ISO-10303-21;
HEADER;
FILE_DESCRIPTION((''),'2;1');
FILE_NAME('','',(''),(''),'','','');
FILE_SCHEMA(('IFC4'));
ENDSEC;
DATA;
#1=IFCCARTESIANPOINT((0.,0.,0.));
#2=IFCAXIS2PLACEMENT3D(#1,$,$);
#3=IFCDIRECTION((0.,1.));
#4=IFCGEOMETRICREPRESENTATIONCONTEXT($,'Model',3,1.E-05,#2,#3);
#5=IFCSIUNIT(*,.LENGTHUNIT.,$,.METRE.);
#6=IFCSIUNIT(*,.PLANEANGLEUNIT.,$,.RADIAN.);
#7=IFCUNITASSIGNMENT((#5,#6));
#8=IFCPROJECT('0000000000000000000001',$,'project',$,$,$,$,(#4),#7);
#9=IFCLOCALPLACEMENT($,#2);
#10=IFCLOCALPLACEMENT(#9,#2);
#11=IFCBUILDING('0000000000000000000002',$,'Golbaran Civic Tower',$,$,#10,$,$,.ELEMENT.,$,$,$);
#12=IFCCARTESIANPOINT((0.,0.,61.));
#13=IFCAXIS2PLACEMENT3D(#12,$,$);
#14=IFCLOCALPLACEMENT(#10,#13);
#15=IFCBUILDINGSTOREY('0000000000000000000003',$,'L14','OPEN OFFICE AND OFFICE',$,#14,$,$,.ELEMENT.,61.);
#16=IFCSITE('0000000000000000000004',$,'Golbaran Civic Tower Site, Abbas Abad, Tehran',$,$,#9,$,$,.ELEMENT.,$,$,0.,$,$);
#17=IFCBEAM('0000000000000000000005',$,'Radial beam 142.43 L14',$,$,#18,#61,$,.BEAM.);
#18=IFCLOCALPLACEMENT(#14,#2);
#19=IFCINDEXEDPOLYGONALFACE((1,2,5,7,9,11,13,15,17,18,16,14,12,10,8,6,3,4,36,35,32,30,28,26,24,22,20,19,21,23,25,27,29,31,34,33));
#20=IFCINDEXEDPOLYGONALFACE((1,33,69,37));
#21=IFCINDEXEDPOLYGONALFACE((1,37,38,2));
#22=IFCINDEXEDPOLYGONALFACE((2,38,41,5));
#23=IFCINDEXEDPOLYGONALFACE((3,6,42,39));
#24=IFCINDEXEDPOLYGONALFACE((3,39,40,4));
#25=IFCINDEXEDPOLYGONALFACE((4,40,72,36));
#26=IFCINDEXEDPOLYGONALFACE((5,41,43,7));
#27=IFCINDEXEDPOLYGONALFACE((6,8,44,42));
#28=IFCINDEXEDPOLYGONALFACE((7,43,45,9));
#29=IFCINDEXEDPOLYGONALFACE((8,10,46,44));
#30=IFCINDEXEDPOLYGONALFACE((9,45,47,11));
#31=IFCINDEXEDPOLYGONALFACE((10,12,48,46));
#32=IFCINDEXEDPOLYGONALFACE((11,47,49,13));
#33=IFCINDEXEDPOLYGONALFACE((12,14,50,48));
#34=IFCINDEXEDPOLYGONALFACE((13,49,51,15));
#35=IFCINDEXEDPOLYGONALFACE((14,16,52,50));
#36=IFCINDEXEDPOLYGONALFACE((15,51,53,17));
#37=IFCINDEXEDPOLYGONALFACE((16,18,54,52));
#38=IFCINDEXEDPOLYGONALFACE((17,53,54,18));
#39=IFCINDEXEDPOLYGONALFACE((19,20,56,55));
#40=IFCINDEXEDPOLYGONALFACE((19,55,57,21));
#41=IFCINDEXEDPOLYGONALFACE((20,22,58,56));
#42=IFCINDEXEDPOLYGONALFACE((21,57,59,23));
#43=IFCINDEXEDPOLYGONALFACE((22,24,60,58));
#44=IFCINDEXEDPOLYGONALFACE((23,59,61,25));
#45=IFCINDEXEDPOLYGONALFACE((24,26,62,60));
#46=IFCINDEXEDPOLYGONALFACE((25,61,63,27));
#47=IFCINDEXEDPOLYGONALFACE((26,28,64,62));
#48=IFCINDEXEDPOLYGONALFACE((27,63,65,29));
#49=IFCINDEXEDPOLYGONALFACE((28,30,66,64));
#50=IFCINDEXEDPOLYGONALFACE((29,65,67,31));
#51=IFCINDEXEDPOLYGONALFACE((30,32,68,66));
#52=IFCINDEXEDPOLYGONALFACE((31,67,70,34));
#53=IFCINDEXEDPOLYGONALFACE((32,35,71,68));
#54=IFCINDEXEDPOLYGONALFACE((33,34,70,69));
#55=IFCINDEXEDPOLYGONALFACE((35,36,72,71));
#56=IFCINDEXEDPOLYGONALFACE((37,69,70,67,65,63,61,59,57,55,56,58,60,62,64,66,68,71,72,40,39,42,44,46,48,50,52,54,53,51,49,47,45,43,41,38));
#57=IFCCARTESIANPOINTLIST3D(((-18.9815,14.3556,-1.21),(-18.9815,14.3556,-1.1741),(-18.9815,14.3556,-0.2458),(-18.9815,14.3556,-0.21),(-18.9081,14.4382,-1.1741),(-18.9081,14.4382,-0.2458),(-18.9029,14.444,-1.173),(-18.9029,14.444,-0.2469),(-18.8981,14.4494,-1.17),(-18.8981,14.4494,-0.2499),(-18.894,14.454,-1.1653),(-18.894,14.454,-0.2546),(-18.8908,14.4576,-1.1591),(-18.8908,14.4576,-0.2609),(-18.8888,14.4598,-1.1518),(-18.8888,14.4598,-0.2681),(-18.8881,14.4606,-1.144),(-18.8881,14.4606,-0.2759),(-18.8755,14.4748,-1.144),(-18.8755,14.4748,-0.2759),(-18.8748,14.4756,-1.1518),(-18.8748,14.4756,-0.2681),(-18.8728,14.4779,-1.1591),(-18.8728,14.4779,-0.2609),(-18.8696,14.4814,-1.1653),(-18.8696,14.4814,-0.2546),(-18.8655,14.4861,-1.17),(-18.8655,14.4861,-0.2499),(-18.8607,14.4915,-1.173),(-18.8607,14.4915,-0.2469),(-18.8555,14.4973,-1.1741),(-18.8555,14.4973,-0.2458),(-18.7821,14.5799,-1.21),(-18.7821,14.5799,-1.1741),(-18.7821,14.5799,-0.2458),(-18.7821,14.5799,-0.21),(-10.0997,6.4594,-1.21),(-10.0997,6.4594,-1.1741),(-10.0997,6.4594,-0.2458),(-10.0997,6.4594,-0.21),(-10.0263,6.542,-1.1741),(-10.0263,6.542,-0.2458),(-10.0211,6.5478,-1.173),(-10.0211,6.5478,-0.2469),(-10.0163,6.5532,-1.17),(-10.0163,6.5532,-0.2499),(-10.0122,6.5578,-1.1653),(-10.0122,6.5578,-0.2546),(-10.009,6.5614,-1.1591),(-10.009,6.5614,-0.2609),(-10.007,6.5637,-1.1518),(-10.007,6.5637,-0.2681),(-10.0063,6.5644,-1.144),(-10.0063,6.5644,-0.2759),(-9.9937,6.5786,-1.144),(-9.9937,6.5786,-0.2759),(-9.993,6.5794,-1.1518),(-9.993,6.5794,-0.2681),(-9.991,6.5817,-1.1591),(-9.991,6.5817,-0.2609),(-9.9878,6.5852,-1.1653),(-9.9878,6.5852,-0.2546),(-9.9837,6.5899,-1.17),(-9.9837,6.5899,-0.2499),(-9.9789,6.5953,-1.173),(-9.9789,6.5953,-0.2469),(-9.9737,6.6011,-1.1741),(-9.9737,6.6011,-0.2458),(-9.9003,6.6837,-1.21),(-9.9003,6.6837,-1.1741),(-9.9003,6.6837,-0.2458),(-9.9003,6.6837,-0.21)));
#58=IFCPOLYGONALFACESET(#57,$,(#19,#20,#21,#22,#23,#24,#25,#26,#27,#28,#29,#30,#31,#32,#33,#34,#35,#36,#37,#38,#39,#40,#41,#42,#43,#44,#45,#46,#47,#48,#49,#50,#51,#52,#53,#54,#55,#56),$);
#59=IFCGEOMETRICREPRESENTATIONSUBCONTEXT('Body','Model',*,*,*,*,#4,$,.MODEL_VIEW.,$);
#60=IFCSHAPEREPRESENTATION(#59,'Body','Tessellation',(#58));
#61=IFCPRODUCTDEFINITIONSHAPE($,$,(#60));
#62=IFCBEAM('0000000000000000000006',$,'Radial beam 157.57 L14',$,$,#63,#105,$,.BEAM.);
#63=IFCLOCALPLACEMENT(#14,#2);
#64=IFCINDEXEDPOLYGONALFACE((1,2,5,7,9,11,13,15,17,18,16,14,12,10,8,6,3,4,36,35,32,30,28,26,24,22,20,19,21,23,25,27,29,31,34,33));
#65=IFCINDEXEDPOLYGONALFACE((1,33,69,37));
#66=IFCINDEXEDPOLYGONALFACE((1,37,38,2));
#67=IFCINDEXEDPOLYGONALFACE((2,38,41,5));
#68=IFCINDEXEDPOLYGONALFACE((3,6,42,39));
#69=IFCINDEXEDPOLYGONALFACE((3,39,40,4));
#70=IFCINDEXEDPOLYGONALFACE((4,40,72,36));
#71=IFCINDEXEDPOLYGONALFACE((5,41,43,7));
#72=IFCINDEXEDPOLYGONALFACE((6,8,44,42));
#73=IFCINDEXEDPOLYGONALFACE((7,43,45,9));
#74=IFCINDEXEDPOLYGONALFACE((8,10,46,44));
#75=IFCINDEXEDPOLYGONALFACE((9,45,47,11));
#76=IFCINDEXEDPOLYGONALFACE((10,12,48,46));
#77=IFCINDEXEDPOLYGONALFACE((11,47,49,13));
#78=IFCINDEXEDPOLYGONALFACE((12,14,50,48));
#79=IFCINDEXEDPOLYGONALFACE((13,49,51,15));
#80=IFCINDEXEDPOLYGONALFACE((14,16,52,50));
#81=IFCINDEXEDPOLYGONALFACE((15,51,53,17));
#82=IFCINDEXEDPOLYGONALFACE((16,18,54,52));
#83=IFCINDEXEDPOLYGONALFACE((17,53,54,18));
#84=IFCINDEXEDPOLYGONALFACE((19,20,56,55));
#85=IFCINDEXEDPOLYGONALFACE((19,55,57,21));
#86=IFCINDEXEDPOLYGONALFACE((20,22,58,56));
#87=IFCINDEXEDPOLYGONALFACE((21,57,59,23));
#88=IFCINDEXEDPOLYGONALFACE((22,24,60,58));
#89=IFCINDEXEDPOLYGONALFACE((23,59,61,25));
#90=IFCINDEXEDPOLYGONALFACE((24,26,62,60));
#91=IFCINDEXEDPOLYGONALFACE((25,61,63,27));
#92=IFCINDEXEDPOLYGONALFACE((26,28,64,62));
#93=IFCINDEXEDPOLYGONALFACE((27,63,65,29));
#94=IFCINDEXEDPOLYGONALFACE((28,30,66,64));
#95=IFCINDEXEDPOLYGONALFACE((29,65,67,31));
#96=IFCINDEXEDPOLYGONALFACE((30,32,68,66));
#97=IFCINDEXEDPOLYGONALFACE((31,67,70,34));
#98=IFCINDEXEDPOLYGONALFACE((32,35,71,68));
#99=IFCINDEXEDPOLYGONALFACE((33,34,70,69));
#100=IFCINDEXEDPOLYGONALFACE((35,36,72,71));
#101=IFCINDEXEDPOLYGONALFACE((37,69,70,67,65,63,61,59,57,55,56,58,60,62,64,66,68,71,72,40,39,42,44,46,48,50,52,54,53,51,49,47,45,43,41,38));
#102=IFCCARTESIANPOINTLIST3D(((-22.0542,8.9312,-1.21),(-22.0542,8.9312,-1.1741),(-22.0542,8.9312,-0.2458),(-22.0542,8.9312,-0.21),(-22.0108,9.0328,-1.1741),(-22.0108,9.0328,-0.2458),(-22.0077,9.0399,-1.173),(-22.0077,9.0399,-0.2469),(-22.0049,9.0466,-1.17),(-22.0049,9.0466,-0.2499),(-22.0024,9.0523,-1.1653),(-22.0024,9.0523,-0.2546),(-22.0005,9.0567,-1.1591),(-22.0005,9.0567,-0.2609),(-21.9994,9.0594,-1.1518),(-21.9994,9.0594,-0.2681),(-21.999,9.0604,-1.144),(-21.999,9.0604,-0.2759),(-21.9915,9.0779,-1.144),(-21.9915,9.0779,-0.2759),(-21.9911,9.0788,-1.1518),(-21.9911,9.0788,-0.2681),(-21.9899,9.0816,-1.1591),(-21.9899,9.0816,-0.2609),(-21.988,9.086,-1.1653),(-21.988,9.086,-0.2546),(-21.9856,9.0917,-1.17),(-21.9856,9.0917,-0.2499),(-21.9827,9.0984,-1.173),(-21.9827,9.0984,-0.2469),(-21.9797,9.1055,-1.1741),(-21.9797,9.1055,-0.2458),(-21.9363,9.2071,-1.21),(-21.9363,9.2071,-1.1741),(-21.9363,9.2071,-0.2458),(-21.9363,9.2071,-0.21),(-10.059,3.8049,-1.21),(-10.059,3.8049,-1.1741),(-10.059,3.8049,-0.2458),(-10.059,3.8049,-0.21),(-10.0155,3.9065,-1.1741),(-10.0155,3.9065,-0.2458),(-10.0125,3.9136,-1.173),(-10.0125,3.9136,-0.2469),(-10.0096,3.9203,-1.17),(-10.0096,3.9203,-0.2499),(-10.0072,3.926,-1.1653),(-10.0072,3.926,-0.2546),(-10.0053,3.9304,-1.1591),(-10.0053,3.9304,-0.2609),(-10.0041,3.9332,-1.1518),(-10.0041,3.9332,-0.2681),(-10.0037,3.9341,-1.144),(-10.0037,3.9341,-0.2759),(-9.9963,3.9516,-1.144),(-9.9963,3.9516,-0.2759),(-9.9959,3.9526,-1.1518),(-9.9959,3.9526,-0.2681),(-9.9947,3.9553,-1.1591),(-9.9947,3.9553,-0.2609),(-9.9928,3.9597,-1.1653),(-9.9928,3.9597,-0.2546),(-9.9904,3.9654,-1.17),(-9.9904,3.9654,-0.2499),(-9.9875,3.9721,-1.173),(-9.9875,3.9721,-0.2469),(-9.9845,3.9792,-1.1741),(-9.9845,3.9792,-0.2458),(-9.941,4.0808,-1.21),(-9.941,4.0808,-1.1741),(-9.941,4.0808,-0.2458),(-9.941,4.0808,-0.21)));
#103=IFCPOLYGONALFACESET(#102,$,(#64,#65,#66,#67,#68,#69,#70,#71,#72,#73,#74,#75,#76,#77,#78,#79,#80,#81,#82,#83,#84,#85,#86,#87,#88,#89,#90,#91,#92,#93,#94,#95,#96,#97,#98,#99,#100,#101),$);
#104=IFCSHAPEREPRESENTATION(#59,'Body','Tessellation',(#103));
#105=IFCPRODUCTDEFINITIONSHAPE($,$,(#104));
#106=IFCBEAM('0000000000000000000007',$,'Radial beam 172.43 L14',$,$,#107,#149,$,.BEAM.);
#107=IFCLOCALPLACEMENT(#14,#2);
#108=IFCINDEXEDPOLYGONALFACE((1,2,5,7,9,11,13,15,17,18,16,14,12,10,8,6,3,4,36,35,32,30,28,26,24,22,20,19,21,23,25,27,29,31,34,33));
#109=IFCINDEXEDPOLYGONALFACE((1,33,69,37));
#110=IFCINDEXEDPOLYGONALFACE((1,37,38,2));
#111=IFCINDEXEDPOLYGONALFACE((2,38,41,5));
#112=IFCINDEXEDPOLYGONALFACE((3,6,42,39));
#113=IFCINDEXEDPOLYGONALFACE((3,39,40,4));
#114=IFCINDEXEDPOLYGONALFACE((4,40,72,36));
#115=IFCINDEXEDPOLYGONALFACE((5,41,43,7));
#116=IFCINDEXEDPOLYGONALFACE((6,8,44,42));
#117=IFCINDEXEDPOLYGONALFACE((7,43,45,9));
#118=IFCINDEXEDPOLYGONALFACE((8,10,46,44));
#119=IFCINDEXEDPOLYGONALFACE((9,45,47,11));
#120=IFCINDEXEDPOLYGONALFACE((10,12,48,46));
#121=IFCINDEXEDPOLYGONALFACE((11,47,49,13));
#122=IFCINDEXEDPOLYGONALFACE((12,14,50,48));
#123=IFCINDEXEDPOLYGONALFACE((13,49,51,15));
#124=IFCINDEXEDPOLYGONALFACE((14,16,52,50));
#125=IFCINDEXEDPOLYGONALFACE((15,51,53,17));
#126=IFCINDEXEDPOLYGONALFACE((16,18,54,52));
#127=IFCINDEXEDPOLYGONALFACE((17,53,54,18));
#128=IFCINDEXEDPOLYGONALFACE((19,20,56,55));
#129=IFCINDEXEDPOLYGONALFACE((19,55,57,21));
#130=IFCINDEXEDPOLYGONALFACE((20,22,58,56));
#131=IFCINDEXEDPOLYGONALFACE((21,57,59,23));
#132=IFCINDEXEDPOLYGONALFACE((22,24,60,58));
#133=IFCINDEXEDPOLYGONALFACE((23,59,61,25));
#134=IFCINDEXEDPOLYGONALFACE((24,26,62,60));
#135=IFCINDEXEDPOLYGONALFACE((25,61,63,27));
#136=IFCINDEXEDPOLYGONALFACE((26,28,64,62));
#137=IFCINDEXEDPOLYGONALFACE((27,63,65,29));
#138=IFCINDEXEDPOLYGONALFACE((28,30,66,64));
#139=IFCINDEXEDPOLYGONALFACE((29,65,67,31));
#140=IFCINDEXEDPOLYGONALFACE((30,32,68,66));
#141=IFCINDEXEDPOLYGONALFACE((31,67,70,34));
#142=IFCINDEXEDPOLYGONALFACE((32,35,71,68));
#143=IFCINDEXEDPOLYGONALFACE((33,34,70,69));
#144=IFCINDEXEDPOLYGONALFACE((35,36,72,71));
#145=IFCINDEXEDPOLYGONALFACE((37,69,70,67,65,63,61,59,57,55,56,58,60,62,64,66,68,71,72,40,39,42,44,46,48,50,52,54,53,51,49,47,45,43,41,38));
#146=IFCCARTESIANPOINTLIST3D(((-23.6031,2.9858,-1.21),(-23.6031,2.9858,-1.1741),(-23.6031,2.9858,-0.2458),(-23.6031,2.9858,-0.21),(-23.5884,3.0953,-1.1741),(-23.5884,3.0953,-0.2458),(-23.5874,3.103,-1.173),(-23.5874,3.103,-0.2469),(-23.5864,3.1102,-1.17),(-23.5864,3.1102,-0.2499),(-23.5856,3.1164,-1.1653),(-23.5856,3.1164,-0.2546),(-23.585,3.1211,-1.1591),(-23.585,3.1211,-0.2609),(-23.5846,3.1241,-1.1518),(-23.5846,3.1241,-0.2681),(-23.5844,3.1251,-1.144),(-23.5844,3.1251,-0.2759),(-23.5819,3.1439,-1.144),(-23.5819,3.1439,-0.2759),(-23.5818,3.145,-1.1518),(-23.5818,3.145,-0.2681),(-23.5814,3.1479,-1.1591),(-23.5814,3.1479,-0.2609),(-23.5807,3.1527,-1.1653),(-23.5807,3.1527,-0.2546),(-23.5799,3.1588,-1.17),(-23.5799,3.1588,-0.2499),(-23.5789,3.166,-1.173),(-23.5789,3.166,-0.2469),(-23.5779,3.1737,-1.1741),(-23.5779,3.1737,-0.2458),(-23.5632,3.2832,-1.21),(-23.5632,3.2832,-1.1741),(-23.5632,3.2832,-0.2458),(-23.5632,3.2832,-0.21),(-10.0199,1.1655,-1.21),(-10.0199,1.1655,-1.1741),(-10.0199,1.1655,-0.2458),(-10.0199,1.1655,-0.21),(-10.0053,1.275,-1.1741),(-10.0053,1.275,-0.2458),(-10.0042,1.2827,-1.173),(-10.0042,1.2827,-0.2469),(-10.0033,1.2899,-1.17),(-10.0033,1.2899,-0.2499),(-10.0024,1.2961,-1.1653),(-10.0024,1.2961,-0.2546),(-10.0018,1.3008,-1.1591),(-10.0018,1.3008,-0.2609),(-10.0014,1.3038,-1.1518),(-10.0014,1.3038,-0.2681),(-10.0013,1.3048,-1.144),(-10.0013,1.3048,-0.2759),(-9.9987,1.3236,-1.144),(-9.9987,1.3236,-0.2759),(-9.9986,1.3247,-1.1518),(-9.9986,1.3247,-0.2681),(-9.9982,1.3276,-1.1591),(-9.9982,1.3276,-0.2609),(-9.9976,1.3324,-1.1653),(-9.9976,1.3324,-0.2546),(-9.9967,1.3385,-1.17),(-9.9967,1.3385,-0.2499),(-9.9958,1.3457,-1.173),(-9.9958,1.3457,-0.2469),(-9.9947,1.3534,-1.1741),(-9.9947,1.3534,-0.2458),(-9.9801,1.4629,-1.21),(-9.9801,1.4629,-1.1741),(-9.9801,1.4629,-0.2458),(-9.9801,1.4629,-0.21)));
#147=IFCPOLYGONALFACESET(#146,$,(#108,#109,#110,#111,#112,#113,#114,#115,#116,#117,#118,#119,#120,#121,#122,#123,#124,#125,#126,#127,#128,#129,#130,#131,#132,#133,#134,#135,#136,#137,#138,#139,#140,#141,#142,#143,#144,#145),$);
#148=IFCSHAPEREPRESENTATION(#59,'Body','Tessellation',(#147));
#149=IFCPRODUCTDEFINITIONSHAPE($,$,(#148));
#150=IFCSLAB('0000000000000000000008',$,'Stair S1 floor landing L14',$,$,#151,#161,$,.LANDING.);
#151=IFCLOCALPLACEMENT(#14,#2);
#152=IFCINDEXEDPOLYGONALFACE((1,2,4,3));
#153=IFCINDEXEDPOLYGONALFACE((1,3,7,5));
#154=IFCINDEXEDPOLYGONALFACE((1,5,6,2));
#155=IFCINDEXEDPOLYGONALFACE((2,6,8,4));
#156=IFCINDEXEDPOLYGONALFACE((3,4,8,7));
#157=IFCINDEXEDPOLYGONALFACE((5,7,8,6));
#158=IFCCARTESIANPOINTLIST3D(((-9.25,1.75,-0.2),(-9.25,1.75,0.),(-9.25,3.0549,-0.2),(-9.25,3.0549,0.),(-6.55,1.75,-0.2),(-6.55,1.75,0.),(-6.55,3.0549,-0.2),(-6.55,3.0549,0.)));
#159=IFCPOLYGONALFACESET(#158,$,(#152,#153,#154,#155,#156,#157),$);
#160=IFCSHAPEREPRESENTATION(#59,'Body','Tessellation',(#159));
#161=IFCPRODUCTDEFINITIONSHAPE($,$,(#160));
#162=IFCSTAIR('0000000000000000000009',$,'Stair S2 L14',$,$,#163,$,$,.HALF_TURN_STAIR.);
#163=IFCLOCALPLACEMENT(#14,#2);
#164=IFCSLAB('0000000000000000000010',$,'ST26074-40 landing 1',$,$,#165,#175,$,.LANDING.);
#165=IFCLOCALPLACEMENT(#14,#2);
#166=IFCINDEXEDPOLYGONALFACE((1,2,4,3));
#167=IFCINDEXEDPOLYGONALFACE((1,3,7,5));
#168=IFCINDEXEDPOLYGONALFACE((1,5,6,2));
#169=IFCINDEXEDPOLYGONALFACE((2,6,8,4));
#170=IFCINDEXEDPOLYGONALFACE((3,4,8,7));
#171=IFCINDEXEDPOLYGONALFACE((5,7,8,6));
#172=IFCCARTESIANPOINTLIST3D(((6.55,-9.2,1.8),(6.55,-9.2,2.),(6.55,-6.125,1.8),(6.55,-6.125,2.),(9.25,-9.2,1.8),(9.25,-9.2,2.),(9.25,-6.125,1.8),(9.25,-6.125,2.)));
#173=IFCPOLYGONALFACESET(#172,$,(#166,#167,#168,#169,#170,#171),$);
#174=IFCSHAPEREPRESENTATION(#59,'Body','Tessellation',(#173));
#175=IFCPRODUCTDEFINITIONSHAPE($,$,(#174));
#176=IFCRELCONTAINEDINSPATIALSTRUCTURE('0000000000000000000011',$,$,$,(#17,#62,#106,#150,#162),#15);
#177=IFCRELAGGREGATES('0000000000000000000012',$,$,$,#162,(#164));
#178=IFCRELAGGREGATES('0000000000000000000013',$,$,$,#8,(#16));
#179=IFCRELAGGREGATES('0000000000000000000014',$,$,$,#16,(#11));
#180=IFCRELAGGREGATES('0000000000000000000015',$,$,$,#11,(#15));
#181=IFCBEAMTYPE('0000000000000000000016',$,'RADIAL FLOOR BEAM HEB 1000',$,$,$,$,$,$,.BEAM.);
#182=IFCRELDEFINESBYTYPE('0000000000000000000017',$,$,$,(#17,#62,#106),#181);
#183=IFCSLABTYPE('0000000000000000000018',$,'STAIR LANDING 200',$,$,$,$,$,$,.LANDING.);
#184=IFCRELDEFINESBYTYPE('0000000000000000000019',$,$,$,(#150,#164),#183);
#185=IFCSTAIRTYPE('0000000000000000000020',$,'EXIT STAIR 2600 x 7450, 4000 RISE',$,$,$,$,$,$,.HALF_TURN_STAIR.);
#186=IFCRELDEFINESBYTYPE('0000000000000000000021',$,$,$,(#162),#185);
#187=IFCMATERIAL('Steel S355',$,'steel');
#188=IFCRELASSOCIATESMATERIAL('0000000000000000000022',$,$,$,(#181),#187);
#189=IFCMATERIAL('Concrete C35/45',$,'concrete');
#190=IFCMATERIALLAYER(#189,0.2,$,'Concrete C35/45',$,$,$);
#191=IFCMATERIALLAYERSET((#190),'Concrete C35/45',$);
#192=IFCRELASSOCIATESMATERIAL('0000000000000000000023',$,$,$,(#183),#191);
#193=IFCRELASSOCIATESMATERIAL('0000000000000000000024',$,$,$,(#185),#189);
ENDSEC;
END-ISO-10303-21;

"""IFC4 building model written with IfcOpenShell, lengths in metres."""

from ifc_helpers import new_model, si_unit, direction, frame, origin, origin_2d, place, context, subcontext, project, spatial, polyline, i_section, outline, extrude, material, layer, layer_set, material_profile, profile_set, type_object, element, aggregate, save


model = new_model("IFC4")

# Units and contexts
model_context = context("Model", 3, precision=1e-05, world=origin(), true_north=direction((0.0, 1.0)))
body_context = subcontext(model_context, "Body", "Model", "MODEL_VIEW")
ifc_project = project(units=[si_unit("LENGTHUNIT", "METRE"), si_unit("PLANEANGLEUNIT", "RADIAN")], contexts=[model_context])

# Site, building, storey
site_placement = place(None, origin())
site = spatial("IfcSite", under=ifc_project, at=site_placement, Name="Golbaran Civic Tower Site, Abbas Abad, Tehran", CompositionType="ELEMENT", RefElevation=0.0)
building_placement = place(site_placement, origin())
building = spatial("IfcBuilding", under=site, at=building_placement, Name="Golbaran Civic Tower", CompositionType="ELEMENT")
storey_placement = place(building_placement, frame((0.0, 0.0, 61.0)))
storey = spatial("IfcBuildingStorey", under=building, at=storey_placement, Name="L14", Description="OPEN OFFICE AND OFFICE", CompositionType="ELEMENT", Elevation=61.0)

# Beams
ifc_material_1 = material(Name="Steel S355", Category="steel")
ifc_material_profile = material_profile(ifc_material_1, i_section(OverallWidth=0.3, OverallDepth=1.0, WebThickness=0.019, FlangeThickness=0.0359, FilletRadius=0.03, at=origin_2d()), Name="HEB 1000")
ifc_profile_set = profile_set([ifc_material_profile], Name="Steel S355")
beam_type = type_object("IfcBeamType", Name="RADIAL FLOOR BEAM HEB 1000", PredefinedType="BEAM", material=ifc_profile_set)
beam_1_placement = place(storey_placement, frame((-10.0, 6.5715, -0.71), z_axis=(-0.747356, 0.664424, 0.0), x_axis=(-0.664424, -0.747356, 0.0)))
element("IfcBeam", 1, at=beam_1_placement, inside=storey, type_object=beam_type, Name="Radial beam 142.43 L14", PredefinedType="BEAM", context=body_context, shape_type="SweptSolid", body=[
    extrude(i_section(OverallWidth=0.3, OverallDepth=1.0, WebThickness=0.019, FlangeThickness=0.0359, FilletRadius=0.03, at=origin_2d()), origin(), (0.0, 0.0, 1.0), 11.8843),
])
beam_2_placement = place(storey_placement, frame((-10.0, 3.9429, -0.71), z_axis=(-0.919548, 0.392977, 0.0), x_axis=(-0.392977, -0.919548, 0.0)))
element("IfcBeam", 2, at=beam_2_placement, inside=storey, type_object=beam_type, Name="Radial beam 157.57 L14", PredefinedType="BEAM", context=body_context, shape_type="SweptSolid", body=[
    extrude(i_section(OverallWidth=0.3, OverallDepth=1.0, WebThickness=0.019, FlangeThickness=0.0359, FilletRadius=0.03, at=origin_2d()), origin(), (0.0, 0.0, 1.0), 13.0447),
])
beam_3_placement = place(storey_placement, frame((-10.0, 1.3142, -0.71), z_axis=(-0.99114, 0.132824, 0.0), x_axis=(-0.132824, -0.99114, 0.0)))
element("IfcBeam", 3, at=beam_3_placement, inside=storey, type_object=beam_type, Name="Radial beam 172.43 L14", PredefinedType="BEAM", context=body_context, shape_type="SweptSolid", body=[
    extrude(i_section(OverallWidth=0.3, OverallDepth=1.0, WebThickness=0.019, FlangeThickness=0.0359, FilletRadius=0.03, at=origin_2d()), origin(), (0.0, 0.0, 1.0), 13.7046),
])

# Slab
ifc_material_2 = material(Name="Concrete C35/45", Category="concrete")
ifc_layer_1 = layer(ifc_material_2, 0.2, Name="Concrete C35/45")
ifc_layer_set_1 = layer_set([ifc_layer_1], Name="Concrete C35/45")
slab_type = type_object("IfcSlabType", Name="STAIR LANDING 200", PredefinedType="LANDING", material=ifc_layer_set_1)
slab_1_placement = place(storey_placement, frame((0.0, 0.0, -0.2)))
element("IfcSlab", 4, at=slab_1_placement, inside=storey, type_object=slab_type, Name="Stair S1 floor landing L14", PredefinedType="LANDING", context=body_context, shape_type="SweptSolid", body=[
    extrude(outline(polyline([(-9.25, 1.75), (-9.25, 3.0549), (-6.55, 3.0549), (-6.55, 1.75), (-9.25, 1.75)])), origin(), (0.0, 0.0, 1.0), 0.2),
])

# Stair, slab
stair_type = type_object("IfcStairType", Name="EXIT STAIR 2600 x 7450, 4000 RISE", PredefinedType="HALF_TURN_STAIR", material=ifc_material_2)
stair_1_placement = place(storey_placement, origin())
stair_1 = element("IfcStair", 5, at=stair_1_placement, inside=storey, type_object=stair_type, Name="Stair S2 L14", PredefinedType="HALF_TURN_STAIR")
slab_2_placement = place(storey_placement, frame((0.0, 0.0, 1.8)))
slab_2 = element("IfcSlab", 6, at=slab_2_placement, type_object=slab_type, Name="ST26074-40 landing 1", PredefinedType="LANDING", context=body_context, shape_type="SweptSolid", body=[
    extrude(outline(polyline([(9.25, -6.125), (9.25, -9.2), (6.55, -9.2), (6.55, -6.125), (9.25, -6.125)])), origin(), (0.0, 0.0, 1.0), 0.2),
])
aggregate(stair_1, [slab_2])

save(model, "model.ifc")
